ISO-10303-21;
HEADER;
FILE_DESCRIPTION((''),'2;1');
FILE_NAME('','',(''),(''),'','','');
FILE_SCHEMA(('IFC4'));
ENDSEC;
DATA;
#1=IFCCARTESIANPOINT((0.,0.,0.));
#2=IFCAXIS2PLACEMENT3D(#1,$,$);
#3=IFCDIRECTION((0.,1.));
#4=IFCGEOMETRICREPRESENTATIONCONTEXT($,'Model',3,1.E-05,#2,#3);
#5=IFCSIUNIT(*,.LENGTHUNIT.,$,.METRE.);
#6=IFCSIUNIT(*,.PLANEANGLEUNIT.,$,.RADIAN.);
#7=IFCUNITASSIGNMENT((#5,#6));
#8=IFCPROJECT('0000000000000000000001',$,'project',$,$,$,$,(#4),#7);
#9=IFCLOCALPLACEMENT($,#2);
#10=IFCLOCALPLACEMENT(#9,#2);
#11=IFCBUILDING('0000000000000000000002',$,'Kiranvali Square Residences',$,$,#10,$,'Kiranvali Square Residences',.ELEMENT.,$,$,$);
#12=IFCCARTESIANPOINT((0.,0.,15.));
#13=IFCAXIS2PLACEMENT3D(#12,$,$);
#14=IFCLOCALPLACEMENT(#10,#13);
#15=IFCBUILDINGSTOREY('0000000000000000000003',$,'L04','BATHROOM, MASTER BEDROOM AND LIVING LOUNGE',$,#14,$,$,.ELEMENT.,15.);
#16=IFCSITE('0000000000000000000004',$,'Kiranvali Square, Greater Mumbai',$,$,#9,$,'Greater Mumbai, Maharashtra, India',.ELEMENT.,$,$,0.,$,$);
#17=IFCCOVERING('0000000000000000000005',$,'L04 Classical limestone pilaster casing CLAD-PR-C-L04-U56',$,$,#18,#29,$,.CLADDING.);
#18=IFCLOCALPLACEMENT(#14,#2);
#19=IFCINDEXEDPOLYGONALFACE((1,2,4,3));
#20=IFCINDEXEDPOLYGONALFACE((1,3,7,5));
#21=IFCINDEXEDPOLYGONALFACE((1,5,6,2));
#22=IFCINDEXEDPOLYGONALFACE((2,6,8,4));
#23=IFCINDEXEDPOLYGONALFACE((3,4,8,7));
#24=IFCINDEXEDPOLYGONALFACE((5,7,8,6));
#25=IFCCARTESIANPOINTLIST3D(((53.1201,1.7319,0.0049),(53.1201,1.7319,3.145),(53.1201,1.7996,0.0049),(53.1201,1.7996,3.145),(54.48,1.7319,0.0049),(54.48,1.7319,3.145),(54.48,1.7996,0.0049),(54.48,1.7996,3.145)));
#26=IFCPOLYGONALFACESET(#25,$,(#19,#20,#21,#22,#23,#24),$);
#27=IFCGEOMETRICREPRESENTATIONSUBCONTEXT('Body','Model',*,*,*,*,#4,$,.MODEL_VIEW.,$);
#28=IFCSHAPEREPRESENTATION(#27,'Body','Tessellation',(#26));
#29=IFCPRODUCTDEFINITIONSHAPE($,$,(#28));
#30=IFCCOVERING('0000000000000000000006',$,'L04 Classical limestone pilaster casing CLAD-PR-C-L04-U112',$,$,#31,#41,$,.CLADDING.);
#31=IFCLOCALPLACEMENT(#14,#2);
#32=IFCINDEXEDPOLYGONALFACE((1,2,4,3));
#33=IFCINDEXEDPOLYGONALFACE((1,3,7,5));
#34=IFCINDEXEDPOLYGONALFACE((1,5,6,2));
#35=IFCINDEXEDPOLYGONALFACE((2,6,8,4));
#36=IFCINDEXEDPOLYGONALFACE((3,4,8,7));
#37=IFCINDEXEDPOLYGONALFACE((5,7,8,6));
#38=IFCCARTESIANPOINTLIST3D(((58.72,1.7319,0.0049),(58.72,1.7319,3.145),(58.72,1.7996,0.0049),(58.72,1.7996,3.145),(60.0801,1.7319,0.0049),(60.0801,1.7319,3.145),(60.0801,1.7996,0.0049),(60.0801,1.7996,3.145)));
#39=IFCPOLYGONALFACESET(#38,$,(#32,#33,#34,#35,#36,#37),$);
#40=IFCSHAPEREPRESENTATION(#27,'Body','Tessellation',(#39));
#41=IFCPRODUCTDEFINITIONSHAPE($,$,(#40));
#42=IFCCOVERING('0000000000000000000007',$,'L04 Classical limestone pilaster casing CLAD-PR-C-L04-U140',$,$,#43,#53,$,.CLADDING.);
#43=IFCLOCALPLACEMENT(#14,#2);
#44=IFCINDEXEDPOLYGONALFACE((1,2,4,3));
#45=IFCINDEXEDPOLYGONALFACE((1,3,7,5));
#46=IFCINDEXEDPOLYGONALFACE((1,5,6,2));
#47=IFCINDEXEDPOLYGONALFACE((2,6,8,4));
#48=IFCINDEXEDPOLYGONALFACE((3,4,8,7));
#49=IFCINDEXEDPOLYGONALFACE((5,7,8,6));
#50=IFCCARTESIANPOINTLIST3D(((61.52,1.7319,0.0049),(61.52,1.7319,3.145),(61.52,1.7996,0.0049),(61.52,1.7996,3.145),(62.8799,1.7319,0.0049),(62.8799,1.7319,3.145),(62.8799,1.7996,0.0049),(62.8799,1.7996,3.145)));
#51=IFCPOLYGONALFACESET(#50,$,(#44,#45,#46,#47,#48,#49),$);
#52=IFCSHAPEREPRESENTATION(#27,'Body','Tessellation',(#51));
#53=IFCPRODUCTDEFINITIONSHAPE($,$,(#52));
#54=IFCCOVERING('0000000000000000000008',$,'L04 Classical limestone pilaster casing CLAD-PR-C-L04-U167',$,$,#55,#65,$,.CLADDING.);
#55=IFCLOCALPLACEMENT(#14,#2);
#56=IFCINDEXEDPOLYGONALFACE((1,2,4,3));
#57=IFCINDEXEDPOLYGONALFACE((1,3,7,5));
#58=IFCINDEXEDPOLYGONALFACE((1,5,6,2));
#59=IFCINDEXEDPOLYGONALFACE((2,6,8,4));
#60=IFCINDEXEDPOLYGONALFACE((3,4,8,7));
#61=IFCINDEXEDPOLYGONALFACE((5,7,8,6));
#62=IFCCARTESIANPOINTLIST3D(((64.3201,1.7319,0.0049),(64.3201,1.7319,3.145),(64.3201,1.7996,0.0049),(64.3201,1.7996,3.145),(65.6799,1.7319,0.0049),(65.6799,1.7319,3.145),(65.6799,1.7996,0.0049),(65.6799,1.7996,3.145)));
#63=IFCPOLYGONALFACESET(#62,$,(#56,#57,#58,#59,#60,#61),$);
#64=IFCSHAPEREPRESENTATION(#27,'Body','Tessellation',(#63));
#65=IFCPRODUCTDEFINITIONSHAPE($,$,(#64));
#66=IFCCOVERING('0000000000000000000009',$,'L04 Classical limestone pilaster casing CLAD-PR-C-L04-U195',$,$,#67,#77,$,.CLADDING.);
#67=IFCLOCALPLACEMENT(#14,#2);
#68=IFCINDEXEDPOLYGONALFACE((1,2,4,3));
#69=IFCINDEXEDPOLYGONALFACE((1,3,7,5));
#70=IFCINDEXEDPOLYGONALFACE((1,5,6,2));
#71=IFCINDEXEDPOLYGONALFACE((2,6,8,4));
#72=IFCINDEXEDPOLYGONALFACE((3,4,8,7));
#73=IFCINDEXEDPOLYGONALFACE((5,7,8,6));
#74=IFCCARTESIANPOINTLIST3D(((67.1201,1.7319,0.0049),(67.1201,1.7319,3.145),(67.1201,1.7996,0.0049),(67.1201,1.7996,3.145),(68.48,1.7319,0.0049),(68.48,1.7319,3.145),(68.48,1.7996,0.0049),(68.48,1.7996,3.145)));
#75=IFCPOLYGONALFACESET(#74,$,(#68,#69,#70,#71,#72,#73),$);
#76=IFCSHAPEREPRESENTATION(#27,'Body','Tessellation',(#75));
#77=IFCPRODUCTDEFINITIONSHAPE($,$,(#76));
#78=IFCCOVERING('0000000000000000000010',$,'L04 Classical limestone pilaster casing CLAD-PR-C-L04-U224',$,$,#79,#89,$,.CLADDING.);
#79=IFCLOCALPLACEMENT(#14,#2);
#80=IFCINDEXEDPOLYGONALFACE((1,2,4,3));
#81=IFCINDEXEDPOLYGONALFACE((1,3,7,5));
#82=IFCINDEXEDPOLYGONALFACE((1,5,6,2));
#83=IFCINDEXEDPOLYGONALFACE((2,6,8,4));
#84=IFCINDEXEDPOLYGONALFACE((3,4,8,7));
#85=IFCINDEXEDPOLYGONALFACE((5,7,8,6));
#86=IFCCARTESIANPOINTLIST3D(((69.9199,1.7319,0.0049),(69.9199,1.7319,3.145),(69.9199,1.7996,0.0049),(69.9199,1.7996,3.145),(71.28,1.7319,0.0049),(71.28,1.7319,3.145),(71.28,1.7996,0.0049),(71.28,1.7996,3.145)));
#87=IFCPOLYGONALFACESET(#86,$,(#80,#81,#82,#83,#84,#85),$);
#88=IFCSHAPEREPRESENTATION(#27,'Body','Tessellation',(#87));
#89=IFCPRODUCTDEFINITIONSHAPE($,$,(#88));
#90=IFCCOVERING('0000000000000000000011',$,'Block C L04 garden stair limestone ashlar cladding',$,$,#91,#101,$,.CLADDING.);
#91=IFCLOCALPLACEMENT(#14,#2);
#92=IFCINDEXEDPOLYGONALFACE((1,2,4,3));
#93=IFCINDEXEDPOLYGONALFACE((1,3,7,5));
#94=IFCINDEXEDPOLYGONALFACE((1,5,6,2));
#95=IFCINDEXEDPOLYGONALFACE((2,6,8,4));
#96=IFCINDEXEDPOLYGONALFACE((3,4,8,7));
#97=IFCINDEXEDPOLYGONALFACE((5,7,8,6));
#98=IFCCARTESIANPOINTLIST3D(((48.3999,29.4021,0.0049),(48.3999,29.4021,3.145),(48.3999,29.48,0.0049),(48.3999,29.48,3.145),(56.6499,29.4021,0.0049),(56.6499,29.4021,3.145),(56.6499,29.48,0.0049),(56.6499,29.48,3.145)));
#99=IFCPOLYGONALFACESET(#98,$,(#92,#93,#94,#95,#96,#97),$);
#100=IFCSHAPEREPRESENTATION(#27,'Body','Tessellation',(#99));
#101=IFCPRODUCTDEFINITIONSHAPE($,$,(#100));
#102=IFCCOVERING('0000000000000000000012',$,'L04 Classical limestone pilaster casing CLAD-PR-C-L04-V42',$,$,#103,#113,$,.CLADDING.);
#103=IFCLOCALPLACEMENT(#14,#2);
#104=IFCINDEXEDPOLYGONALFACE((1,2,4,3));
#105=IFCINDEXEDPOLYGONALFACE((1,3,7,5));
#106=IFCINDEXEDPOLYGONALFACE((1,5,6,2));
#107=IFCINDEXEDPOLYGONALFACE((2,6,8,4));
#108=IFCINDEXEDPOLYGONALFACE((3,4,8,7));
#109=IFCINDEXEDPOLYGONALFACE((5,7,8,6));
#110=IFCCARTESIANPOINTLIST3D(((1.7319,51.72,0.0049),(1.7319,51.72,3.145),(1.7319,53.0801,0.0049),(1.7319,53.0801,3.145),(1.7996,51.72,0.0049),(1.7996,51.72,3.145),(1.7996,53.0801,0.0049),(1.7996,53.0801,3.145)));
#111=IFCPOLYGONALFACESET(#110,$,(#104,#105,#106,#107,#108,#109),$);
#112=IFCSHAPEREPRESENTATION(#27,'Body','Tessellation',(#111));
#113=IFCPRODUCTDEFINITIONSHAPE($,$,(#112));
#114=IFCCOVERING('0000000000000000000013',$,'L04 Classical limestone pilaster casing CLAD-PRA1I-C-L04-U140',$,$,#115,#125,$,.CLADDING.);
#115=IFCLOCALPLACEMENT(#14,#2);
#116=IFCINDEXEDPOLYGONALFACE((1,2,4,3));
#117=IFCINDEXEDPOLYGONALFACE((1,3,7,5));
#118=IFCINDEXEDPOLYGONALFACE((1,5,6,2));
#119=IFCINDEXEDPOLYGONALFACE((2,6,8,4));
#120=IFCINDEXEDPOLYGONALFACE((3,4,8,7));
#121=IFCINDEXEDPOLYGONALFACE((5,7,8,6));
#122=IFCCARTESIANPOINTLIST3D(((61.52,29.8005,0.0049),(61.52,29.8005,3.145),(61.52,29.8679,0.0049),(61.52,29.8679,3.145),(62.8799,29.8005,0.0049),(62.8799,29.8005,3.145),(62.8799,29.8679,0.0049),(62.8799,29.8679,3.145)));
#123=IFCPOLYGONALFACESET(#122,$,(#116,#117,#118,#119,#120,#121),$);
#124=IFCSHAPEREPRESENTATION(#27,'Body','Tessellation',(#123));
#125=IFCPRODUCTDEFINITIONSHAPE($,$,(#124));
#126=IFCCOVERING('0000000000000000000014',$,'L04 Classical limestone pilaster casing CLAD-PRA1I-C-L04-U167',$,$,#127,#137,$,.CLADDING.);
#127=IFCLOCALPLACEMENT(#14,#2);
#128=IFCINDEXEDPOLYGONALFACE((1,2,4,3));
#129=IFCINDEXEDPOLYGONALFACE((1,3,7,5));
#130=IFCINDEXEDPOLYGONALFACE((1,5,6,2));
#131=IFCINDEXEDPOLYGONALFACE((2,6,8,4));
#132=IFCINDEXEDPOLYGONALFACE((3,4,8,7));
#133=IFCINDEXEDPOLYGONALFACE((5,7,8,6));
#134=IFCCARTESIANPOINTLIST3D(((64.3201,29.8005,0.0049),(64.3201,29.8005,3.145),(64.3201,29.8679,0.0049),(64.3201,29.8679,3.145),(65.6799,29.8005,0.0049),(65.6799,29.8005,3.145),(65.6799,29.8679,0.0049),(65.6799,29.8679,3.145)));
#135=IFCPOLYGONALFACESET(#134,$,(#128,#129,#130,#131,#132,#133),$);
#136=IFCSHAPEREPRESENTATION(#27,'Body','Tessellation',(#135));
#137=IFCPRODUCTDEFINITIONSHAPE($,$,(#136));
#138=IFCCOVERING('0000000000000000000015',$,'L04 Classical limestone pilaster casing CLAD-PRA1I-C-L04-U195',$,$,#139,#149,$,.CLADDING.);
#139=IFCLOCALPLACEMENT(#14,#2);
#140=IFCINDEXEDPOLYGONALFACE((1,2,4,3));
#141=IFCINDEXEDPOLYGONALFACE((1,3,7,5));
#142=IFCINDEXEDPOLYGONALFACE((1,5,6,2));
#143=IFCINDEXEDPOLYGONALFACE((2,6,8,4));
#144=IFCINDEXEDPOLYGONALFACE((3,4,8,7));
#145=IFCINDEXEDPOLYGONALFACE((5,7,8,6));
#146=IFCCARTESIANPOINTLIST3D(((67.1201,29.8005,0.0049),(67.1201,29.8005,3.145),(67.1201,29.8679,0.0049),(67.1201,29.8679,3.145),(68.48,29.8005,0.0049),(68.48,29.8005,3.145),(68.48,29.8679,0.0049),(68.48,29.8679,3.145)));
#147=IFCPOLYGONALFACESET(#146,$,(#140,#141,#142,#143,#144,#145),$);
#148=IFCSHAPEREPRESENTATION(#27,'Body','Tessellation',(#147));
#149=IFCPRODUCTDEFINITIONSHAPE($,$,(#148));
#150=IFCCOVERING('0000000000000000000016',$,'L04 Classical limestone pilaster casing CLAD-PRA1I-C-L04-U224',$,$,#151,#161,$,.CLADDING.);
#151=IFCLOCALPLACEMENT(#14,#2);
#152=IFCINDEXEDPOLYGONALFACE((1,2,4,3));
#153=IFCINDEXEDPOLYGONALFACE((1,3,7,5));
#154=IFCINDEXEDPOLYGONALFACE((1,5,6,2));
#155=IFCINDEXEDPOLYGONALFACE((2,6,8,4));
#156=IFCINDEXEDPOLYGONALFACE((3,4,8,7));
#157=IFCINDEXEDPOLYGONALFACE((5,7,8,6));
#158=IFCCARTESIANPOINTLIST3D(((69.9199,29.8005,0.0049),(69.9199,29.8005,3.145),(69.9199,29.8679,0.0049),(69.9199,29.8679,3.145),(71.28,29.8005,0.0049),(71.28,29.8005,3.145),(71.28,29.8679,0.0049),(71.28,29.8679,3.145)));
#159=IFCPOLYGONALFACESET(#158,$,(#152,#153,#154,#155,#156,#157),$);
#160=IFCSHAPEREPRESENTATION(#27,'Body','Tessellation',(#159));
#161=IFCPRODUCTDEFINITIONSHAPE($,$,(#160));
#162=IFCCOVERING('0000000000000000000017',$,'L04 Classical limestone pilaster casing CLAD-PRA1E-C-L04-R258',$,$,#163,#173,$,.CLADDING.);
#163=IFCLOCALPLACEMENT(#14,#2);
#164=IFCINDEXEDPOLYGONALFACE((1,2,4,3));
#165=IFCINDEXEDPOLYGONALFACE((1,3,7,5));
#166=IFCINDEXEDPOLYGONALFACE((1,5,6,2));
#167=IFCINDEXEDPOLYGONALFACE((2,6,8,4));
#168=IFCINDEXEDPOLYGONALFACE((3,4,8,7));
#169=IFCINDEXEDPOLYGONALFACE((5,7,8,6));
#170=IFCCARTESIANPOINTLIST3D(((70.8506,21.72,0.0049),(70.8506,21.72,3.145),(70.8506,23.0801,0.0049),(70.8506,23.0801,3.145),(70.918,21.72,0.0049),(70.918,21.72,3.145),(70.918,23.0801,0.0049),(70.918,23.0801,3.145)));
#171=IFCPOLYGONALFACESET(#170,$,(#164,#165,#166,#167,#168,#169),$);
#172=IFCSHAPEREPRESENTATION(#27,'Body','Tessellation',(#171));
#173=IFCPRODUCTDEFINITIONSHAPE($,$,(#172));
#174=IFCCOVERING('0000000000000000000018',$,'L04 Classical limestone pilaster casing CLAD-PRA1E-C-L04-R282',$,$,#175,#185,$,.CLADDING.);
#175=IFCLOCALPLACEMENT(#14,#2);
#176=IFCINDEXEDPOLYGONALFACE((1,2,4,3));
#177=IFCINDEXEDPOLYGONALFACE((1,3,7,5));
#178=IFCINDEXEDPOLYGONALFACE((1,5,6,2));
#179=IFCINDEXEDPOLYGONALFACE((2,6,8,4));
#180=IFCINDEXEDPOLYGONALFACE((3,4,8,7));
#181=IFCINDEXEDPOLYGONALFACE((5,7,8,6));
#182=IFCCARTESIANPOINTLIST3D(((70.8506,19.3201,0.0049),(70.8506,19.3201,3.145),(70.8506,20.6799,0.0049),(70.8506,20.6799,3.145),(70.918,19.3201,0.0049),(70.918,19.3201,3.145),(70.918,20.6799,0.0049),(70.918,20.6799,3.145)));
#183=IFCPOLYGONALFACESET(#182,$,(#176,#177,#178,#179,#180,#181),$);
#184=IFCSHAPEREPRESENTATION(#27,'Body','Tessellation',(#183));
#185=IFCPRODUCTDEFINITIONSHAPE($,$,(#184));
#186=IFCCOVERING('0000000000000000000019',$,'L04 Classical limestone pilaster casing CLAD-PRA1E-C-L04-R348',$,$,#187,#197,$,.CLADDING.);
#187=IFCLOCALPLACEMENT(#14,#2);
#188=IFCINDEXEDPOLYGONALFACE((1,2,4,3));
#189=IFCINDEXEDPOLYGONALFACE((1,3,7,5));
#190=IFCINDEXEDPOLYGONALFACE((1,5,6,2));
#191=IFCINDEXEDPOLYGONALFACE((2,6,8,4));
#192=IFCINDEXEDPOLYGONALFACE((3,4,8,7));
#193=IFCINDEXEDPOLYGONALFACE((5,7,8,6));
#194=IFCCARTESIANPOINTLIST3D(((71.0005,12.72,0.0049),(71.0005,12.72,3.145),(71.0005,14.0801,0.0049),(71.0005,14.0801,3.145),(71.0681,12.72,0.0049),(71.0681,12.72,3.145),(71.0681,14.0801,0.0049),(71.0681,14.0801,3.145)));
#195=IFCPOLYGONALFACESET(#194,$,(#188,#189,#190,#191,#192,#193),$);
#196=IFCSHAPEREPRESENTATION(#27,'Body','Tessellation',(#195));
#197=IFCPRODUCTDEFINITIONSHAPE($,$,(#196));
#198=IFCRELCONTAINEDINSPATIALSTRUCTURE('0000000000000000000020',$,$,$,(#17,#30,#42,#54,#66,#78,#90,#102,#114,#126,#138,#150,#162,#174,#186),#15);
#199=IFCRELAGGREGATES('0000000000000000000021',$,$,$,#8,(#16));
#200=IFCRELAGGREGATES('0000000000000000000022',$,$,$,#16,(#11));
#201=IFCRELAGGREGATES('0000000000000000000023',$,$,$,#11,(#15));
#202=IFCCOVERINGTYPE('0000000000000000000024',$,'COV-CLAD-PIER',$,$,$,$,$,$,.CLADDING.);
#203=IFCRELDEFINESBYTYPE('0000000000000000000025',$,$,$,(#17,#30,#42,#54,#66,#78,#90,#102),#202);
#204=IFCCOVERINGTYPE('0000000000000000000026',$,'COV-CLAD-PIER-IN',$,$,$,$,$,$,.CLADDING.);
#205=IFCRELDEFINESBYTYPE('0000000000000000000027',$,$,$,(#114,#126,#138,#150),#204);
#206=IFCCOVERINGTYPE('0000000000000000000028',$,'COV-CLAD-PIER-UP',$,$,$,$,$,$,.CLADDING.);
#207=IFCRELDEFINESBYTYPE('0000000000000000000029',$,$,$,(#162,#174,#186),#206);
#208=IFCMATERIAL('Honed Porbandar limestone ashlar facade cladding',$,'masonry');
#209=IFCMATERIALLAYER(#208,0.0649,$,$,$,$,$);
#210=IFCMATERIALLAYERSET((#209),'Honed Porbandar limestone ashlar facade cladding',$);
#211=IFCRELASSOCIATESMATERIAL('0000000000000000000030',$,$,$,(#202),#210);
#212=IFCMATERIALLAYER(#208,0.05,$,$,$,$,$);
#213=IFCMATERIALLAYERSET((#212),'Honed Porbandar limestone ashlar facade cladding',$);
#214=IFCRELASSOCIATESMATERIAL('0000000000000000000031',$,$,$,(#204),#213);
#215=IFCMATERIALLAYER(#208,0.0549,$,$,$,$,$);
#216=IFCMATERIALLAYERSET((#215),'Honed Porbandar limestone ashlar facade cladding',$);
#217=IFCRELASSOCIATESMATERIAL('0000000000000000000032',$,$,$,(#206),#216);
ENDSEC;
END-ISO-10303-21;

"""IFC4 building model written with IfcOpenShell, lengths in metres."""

from ifc_helpers import new_model, si_unit, direction, frame, origin, place, context, subcontext, project, spatial, polyline, outline, extrude, material, layer, layer_set, type_object, element, save


model = new_model("IFC4")

# Units and contexts
model_context = context("Model", 3, precision=1e-05, world=origin(), true_north=direction((0.0, 1.0)))
body_context = subcontext(model_context, "Body", "Model", "MODEL_VIEW")
ifc_project = project(units=[si_unit("LENGTHUNIT", "METRE"), si_unit("PLANEANGLEUNIT", "RADIAN")], contexts=[model_context])

# Site, building, storey
site_placement = place(None, origin())
site = spatial("IfcSite", under=ifc_project, at=site_placement, Name="Kiranvali Square, Greater Mumbai", LongName="Greater Mumbai, Maharashtra, India", CompositionType="ELEMENT", RefElevation=0.0)
building_placement = place(site_placement, origin())
building = spatial("IfcBuilding", under=site, at=building_placement, Name="Kiranvali Square Residences", LongName="Kiranvali Square Residences", CompositionType="ELEMENT")
storey_placement = place(building_placement, frame((0.0, 0.0, 15.0)))
storey = spatial("IfcBuildingStorey", under=building, at=storey_placement, Name="L04", Description="BATHROOM, MASTER BEDROOM AND LIVING LOUNGE", CompositionType="ELEMENT", Elevation=15.0)

# Coverings
ifc_material = material(Name="Honed Porbandar limestone ashlar facade cladding", Category="masonry")
ifc_layer_1 = layer(ifc_material, 0.0649)
ifc_layer_set_1 = layer_set([ifc_layer_1], Name="Honed Porbandar limestone ashlar facade cladding")
covering_type_1 = type_object("IfcCoveringType", Name="COV-CLAD-PIER", PredefinedType="CLADDING", material=ifc_layer_set_1)
covering_1_placement = place(storey_placement, frame((0.0, 0.0, 0.0049)))
element("IfcCovering", 1, at=covering_1_placement, inside=storey, type_object=covering_type_1, Name="L04 Classical limestone pilaster casing CLAD-PR-C-L04-U56", PredefinedType="CLADDING", context=body_context, shape_type="SweptSolid", body=[
    extrude(outline(polyline([(53.1201, 1.7319), (54.48, 1.7319), (54.48, 1.7996), (53.1201, 1.7996), (53.1201, 1.7319)])), origin(), (0.0, 0.0, 1.0), 3.1401),
])
covering_2_placement = place(storey_placement, frame((0.0, 0.0, 0.0049)))
element("IfcCovering", 2, at=covering_2_placement, inside=storey, type_object=covering_type_1, Name="L04 Classical limestone pilaster casing CLAD-PR-C-L04-U112", PredefinedType="CLADDING", context=body_context, shape_type="SweptSolid", body=[
    extrude(outline(polyline([(58.72, 1.7319), (60.0801, 1.7319), (60.0801, 1.7996), (58.72, 1.7996), (58.72, 1.7319)])), origin(), (0.0, 0.0, 1.0), 3.1401),
])
covering_3_placement = place(storey_placement, frame((0.0, 0.0, 0.0049)))
element("IfcCovering", 3, at=covering_3_placement, inside=storey, type_object=covering_type_1, Name="L04 Classical limestone pilaster casing CLAD-PR-C-L04-U140", PredefinedType="CLADDING", context=body_context, shape_type="SweptSolid", body=[
    extrude(outline(polyline([(61.52, 1.7319), (62.8799, 1.7319), (62.8799, 1.7996), (61.52, 1.7996), (61.52, 1.7319)])), origin(), (0.0, 0.0, 1.0), 3.1401),
])
covering_4_placement = place(storey_placement, frame((0.0, 0.0, 0.0049)))
element("IfcCovering", 4, at=covering_4_placement, inside=storey, type_object=covering_type_1, Name="L04 Classical limestone pilaster casing CLAD-PR-C-L04-U167", PredefinedType="CLADDING", context=body_context, shape_type="SweptSolid", body=[
    extrude(outline(polyline([(64.3201, 1.7319), (65.6799, 1.7319), (65.6799, 1.7996), (64.3201, 1.7996), (64.3201, 1.7319)])), origin(), (0.0, 0.0, 1.0), 3.1401),
])
covering_5_placement = place(storey_placement, frame((0.0, 0.0, 0.0049)))
element("IfcCovering", 5, at=covering_5_placement, inside=storey, type_object=covering_type_1, Name="L04 Classical limestone pilaster casing CLAD-PR-C-L04-U195", PredefinedType="CLADDING", context=body_context, shape_type="SweptSolid", body=[
    extrude(outline(polyline([(67.1201, 1.7319), (68.48, 1.7319), (68.48, 1.7996), (67.1201, 1.7996), (67.1201, 1.7319)])), origin(), (0.0, 0.0, 1.0), 3.1401),
])
covering_6_placement = place(storey_placement, frame((0.0, 0.0, 0.0049)))
element("IfcCovering", 6, at=covering_6_placement, inside=storey, type_object=covering_type_1, Name="L04 Classical limestone pilaster casing CLAD-PR-C-L04-U224", PredefinedType="CLADDING", context=body_context, shape_type="SweptSolid", body=[
    extrude(outline(polyline([(69.9199, 1.7319), (71.28, 1.7319), (71.28, 1.7996), (69.9199, 1.7996), (69.9199, 1.7319)])), origin(), (0.0, 0.0, 1.0), 3.1401),
])
covering_7_placement = place(storey_placement, frame((0.0, 0.0, 0.0049)))
element("IfcCovering", 7, at=covering_7_placement, inside=storey, type_object=covering_type_1, Name="Block C L04 garden stair limestone ashlar cladding", PredefinedType="CLADDING", context=body_context, shape_type="SweptSolid", body=[
    extrude(outline(polyline([(48.3999, 29.4021), (56.6499, 29.4021), (56.6499, 29.48), (48.3999, 29.48), (48.3999, 29.4021)])), origin(), (0.0, 0.0, 1.0), 3.1401),
])
covering_8_placement = place(storey_placement, frame((0.0, 0.0, 0.0049)))
element("IfcCovering", 8, at=covering_8_placement, inside=storey, type_object=covering_type_1, Name="L04 Classical limestone pilaster casing CLAD-PR-C-L04-V42", PredefinedType="CLADDING", context=body_context, shape_type="SweptSolid", body=[
    extrude(outline(polyline([(1.7996, 51.72), (1.7996, 53.0801), (1.7319, 53.0801), (1.7319, 51.72), (1.7996, 51.72)])), origin(), (0.0, 0.0, 1.0), 3.1401),
])
ifc_layer_2 = layer(ifc_material, 0.05)
ifc_layer_set_2 = layer_set([ifc_layer_2], Name="Honed Porbandar limestone ashlar facade cladding")
covering_type_2 = type_object("IfcCoveringType", Name="COV-CLAD-PIER-IN", PredefinedType="CLADDING", material=ifc_layer_set_2)
covering_9_placement = place(storey_placement, frame((0.0, 0.0, 0.0049)))
element("IfcCovering", 9, at=covering_9_placement, inside=storey, type_object=covering_type_2, Name="L04 Classical limestone pilaster casing CLAD-PRA1I-C-L04-U140", PredefinedType="CLADDING", context=body_context, shape_type="SweptSolid", body=[
    extrude(outline(polyline([(61.52, 29.8005), (62.8799, 29.8005), (62.8799, 29.8679), (61.52, 29.8679), (61.52, 29.8005)])), origin(), (0.0, 0.0, 1.0), 3.1401),
])
covering_10_placement = place(storey_placement, frame((0.0, 0.0, 0.0049)))
element("IfcCovering", 10, at=covering_10_placement, inside=storey, type_object=covering_type_2, Name="L04 Classical limestone pilaster casing CLAD-PRA1I-C-L04-U167", PredefinedType="CLADDING", context=body_context, shape_type="SweptSolid", body=[
    extrude(outline(polyline([(64.3201, 29.8005), (65.6799, 29.8005), (65.6799, 29.8679), (64.3201, 29.8679), (64.3201, 29.8005)])), origin(), (0.0, 0.0, 1.0), 3.1401),
])
covering_11_placement = place(storey_placement, frame((0.0, 0.0, 0.0049)))
element("IfcCovering", 11, at=covering_11_placement, inside=storey, type_object=covering_type_2, Name="L04 Classical limestone pilaster casing CLAD-PRA1I-C-L04-U195", PredefinedType="CLADDING", context=body_context, shape_type="SweptSolid", body=[
    extrude(outline(polyline([(67.1201, 29.8005), (68.48, 29.8005), (68.48, 29.8679), (67.1201, 29.8679), (67.1201, 29.8005)])), origin(), (0.0, 0.0, 1.0), 3.1401),
])
covering_12_placement = place(storey_placement, frame((0.0, 0.0, 0.0049)))
element("IfcCovering", 12, at=covering_12_placement, inside=storey, type_object=covering_type_2, Name="L04 Classical limestone pilaster casing CLAD-PRA1I-C-L04-U224", PredefinedType="CLADDING", context=body_context, shape_type="SweptSolid", body=[
    extrude(outline(polyline([(69.9199, 29.8005), (71.28, 29.8005), (71.28, 29.8679), (69.9199, 29.8679), (69.9199, 29.8005)])), origin(), (0.0, 0.0, 1.0), 3.1401),
])
ifc_layer_3 = layer(ifc_material, 0.0549)
ifc_layer_set_3 = layer_set([ifc_layer_3], Name="Honed Porbandar limestone ashlar facade cladding")
covering_type_3 = type_object("IfcCoveringType", Name="COV-CLAD-PIER-UP", PredefinedType="CLADDING", material=ifc_layer_set_3)
covering_13_placement = place(storey_placement, frame((0.0, 0.0, 0.0049)))
element("IfcCovering", 13, at=covering_13_placement, inside=storey, type_object=covering_type_3, Name="L04 Classical limestone pilaster casing CLAD-PRA1E-C-L04-R258", PredefinedType="CLADDING", context=body_context, shape_type="SweptSolid", body=[
    extrude(outline(polyline([(70.8506, 23.0801), (70.8506, 21.72), (70.918, 21.72), (70.918, 23.0801), (70.8506, 23.0801)])), origin(), (0.0, 0.0, 1.0), 3.1401),
])
covering_14_placement = place(storey_placement, frame((0.0, 0.0, 0.0049)))
element("IfcCovering", 14, at=covering_14_placement, inside=storey, type_object=covering_type_3, Name="L04 Classical limestone pilaster casing CLAD-PRA1E-C-L04-R282", PredefinedType="CLADDING", context=body_context, shape_type="SweptSolid", body=[
    extrude(outline(polyline([(70.8506, 20.6799), (70.8506, 19.3201), (70.918, 19.3201), (70.918, 20.6799), (70.8506, 20.6799)])), origin(), (0.0, 0.0, 1.0), 3.1401),
])
covering_15_placement = place(storey_placement, frame((0.0, 0.0, 0.0049)))
element("IfcCovering", 15, at=covering_15_placement, inside=storey, type_object=covering_type_3, Name="L04 Classical limestone pilaster casing CLAD-PRA1E-C-L04-R348", PredefinedType="CLADDING", context=body_context, shape_type="SweptSolid", body=[
    extrude(outline(polyline([(71.0005, 14.0801), (71.0005, 12.72), (71.0681, 12.72), (71.0681, 14.0801), (71.0005, 14.0801)])), origin(), (0.0, 0.0, 1.0), 3.1401),
])

save(model, "model.ifc")
